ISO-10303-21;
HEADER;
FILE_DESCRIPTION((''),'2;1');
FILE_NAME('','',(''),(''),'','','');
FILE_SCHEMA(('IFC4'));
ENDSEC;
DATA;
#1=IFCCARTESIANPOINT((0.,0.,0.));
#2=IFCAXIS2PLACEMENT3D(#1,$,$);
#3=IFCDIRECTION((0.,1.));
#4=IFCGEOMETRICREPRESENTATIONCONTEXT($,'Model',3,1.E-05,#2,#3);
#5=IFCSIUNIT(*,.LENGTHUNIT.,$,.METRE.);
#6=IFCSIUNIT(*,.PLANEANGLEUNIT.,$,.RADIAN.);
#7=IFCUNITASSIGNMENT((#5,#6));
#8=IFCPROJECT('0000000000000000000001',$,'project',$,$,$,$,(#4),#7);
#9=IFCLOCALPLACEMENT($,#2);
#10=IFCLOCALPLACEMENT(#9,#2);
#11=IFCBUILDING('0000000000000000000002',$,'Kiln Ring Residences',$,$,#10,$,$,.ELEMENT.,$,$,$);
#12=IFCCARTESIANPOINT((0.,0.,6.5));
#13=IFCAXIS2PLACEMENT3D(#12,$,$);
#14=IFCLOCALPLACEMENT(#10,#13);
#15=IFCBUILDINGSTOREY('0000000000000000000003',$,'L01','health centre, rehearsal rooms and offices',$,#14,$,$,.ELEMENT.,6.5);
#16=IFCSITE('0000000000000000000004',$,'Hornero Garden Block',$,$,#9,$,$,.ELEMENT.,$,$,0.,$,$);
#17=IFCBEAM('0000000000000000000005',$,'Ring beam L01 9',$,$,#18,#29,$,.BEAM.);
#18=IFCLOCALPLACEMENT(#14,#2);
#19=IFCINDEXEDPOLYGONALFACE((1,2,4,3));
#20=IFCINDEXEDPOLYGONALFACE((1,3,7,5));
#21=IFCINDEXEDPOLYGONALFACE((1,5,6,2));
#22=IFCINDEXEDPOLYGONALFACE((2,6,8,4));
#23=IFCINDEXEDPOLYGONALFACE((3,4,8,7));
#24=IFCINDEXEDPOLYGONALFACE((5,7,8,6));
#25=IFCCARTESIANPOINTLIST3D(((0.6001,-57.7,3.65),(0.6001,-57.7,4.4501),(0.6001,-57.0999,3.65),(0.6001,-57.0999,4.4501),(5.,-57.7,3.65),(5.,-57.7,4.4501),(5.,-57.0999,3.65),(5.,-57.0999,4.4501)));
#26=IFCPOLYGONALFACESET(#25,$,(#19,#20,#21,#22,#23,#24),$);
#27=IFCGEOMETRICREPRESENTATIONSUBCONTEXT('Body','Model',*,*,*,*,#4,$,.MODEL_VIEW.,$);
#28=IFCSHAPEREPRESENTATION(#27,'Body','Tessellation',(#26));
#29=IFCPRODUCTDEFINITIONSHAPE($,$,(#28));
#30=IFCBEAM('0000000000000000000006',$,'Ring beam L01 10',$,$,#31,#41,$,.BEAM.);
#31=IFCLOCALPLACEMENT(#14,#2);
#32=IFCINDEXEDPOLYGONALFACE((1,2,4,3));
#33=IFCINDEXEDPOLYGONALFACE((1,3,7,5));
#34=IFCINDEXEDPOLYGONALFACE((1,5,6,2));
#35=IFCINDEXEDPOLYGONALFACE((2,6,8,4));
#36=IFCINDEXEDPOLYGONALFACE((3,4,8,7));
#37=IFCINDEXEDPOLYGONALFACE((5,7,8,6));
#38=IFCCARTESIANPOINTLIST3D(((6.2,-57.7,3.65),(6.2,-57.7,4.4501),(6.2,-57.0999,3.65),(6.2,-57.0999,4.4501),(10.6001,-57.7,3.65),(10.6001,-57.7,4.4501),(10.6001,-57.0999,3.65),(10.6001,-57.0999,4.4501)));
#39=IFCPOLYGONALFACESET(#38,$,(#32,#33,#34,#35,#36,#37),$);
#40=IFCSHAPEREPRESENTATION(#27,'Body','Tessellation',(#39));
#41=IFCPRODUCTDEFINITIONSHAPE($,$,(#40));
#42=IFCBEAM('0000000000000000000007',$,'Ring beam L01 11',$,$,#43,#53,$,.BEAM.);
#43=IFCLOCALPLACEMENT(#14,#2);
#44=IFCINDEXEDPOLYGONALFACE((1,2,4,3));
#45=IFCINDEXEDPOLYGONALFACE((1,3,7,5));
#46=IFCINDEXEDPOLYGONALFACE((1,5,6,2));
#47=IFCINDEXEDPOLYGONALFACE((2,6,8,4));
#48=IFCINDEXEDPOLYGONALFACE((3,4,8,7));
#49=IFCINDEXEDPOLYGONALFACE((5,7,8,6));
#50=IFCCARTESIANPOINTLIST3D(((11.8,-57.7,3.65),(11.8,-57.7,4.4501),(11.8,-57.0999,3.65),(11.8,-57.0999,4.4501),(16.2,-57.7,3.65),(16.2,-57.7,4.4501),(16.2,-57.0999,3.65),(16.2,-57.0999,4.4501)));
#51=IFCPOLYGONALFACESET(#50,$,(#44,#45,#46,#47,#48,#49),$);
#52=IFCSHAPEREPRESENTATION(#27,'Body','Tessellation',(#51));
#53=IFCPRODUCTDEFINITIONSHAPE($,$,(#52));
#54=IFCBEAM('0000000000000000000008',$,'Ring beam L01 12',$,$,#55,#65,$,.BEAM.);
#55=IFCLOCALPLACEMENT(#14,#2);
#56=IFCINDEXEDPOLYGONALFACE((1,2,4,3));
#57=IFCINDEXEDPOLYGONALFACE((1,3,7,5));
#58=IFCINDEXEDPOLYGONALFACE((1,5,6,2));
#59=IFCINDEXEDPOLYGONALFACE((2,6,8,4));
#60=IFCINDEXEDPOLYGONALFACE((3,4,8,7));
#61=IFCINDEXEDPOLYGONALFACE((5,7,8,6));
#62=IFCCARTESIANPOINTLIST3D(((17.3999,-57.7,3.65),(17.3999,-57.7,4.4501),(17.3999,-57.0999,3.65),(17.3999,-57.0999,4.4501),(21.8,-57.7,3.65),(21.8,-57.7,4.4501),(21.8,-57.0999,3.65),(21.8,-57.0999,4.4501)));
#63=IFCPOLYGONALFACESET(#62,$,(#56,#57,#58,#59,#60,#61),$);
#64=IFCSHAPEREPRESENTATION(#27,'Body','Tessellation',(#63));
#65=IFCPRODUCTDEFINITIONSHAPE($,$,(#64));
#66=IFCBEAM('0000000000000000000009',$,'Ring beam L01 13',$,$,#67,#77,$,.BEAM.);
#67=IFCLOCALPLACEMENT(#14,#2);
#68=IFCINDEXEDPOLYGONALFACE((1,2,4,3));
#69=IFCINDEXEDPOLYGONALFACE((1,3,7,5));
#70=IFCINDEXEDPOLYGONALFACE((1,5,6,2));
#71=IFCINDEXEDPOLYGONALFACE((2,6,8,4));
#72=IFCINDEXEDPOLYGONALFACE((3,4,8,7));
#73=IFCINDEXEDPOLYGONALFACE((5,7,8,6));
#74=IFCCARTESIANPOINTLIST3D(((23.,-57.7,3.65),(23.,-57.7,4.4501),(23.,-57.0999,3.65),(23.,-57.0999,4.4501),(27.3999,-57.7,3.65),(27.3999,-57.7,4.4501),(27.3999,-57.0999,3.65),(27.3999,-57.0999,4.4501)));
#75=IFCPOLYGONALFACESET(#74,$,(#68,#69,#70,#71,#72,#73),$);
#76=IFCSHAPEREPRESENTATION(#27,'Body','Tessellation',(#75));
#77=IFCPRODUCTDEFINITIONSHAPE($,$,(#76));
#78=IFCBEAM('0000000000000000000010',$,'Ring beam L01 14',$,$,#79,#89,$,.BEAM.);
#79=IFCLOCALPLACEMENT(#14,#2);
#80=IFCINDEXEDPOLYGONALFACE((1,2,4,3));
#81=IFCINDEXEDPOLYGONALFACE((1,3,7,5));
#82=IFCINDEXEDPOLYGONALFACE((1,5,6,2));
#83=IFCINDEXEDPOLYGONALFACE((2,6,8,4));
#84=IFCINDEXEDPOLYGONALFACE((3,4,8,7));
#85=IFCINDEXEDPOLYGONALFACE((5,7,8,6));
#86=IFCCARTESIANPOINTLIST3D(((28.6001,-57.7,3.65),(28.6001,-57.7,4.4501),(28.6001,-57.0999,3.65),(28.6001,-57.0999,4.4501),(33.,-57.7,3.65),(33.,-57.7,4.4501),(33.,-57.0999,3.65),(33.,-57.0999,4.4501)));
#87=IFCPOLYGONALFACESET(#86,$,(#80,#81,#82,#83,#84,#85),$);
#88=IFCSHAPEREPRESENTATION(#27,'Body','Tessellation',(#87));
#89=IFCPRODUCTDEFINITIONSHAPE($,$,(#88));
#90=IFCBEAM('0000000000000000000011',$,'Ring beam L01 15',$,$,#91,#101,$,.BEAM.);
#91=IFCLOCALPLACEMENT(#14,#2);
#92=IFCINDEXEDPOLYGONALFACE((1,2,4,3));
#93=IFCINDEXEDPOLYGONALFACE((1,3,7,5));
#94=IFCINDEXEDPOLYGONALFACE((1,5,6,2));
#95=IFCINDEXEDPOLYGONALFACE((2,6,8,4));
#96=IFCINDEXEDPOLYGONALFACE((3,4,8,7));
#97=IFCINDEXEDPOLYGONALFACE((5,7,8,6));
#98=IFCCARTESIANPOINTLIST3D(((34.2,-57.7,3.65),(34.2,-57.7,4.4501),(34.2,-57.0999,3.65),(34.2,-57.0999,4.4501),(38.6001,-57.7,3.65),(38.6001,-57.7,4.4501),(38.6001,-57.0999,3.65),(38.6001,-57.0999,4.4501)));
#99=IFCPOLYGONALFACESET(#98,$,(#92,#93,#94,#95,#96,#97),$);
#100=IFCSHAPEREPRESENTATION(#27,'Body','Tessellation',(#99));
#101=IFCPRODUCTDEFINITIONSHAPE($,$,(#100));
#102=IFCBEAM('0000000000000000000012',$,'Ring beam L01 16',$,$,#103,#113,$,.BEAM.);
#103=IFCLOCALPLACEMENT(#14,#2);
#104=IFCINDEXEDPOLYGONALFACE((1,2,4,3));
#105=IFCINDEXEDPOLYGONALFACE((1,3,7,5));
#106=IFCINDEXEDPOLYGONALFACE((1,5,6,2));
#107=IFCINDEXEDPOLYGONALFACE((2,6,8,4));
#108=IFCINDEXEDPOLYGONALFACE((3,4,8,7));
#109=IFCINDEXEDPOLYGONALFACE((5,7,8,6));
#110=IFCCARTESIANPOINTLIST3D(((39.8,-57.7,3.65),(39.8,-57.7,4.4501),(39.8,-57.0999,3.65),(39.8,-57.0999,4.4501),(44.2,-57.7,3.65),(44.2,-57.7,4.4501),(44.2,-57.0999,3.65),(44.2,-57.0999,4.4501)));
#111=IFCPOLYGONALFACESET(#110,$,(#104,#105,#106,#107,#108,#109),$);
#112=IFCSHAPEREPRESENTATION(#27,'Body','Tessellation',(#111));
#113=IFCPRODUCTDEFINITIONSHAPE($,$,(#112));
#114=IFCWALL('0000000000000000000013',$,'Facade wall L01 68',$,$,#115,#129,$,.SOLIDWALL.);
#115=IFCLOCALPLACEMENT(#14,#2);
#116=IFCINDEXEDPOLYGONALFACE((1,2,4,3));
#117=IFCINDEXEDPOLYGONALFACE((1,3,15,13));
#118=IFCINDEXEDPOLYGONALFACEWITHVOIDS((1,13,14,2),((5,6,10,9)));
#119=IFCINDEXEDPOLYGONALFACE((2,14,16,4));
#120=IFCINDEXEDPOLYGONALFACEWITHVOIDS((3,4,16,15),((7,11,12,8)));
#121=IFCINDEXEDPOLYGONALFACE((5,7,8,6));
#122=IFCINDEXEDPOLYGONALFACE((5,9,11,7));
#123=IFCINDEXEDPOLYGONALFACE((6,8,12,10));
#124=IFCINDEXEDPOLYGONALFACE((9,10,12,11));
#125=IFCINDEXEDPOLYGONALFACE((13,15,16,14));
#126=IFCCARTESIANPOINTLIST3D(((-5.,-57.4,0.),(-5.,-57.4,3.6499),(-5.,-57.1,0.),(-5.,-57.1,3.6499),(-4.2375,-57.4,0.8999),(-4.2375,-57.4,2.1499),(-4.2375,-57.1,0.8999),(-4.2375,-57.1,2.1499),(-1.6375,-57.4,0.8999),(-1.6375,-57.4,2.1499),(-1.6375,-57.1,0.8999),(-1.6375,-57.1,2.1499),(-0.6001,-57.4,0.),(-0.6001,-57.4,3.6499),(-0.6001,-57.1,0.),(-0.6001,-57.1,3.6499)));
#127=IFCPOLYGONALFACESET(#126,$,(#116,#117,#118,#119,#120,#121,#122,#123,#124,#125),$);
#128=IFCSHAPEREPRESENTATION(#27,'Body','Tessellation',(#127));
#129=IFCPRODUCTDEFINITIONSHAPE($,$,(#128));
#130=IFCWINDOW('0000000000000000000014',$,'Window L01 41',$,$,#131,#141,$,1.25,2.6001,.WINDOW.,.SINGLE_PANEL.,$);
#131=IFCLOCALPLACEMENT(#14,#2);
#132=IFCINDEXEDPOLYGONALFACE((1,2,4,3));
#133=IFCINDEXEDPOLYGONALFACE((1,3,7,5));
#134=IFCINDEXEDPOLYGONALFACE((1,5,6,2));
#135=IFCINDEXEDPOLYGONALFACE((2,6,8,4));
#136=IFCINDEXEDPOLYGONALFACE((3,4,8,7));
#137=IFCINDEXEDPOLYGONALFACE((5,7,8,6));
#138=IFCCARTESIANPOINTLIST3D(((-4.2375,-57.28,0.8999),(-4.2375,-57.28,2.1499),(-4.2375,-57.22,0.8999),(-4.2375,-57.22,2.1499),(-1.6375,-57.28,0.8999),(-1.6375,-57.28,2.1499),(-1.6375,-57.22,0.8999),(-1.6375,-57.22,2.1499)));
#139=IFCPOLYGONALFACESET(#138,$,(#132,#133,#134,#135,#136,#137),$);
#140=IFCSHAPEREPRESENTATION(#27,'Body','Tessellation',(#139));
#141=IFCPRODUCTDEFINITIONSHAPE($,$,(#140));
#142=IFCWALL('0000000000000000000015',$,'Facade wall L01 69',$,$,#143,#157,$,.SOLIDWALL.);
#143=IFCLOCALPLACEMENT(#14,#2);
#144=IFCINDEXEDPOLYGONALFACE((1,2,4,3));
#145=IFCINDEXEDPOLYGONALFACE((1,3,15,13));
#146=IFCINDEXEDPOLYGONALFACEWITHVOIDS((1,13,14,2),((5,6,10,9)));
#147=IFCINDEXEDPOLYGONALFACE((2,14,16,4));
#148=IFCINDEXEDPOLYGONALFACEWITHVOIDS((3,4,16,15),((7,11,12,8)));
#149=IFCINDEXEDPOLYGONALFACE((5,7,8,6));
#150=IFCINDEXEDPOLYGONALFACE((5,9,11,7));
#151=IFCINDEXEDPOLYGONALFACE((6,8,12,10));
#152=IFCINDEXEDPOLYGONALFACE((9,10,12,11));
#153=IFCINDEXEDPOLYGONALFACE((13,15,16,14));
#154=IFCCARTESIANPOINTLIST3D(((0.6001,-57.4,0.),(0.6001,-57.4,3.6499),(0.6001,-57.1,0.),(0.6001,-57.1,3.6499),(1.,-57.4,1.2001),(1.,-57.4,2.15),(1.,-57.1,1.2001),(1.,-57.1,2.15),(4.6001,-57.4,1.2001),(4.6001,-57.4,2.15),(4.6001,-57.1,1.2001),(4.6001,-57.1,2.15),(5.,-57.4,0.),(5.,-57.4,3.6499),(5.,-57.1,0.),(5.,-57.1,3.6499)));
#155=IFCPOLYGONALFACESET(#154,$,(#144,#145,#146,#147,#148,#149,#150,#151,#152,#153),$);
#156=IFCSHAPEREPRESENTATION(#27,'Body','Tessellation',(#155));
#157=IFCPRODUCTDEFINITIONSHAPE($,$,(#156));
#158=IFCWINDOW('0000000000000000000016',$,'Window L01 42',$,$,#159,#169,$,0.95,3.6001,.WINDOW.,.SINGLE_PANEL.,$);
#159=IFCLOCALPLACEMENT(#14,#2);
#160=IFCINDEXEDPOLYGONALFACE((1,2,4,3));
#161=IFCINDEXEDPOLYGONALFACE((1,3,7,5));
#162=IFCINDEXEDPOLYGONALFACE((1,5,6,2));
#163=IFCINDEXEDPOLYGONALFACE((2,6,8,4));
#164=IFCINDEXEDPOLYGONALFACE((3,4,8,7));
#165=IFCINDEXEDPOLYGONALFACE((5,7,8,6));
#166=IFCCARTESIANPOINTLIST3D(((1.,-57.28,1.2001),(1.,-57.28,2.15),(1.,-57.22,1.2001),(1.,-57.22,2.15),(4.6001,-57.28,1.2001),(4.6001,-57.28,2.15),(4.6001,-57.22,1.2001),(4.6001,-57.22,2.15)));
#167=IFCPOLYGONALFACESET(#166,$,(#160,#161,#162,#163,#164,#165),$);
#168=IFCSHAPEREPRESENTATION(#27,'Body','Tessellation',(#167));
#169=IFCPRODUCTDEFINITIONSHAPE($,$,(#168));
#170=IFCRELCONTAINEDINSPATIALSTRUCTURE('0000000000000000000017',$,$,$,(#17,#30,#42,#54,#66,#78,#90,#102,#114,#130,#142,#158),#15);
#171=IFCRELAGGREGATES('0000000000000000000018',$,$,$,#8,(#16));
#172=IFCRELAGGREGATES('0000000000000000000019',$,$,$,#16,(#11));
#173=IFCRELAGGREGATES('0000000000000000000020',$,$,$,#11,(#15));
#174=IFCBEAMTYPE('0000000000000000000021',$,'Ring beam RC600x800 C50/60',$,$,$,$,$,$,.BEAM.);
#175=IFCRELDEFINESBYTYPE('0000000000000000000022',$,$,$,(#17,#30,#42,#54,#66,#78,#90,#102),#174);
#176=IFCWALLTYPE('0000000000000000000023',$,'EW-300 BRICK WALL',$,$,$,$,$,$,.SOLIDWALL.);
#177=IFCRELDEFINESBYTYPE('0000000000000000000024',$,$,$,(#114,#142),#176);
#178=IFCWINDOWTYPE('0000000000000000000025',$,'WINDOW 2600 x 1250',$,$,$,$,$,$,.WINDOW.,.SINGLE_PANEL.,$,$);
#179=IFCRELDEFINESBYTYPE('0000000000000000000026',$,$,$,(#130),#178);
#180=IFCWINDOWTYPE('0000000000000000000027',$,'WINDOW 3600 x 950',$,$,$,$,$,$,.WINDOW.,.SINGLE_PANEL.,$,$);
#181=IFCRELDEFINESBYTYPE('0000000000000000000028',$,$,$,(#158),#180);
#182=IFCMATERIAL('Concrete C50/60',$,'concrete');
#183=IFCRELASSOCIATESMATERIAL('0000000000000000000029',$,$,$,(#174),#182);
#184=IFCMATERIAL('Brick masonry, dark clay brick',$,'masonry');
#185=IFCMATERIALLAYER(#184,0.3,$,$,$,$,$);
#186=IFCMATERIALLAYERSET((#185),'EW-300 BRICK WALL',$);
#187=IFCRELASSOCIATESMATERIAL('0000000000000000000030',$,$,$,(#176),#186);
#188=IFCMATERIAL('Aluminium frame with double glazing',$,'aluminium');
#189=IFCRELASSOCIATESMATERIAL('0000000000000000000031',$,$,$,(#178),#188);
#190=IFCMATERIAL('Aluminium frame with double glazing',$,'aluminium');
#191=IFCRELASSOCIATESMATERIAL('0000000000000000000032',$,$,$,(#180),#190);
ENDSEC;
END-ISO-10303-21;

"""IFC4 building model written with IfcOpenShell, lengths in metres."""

from ifc_helpers import new_model, si_unit, direction, frame, frame_2d, origin, origin_2d, place, context, subcontext, project, spatial, rectangle, extrude, material, layer, layer_set, material_profile, profile_set, type_object, element, fill, save


model = new_model("IFC4")

# Units and contexts
model_context = context("Model", 3, precision=1e-05, world=origin(), true_north=direction((0.0, 1.0)))
body_context = subcontext(model_context, "Body", "Model", "MODEL_VIEW")
ifc_project = project(units=[si_unit("LENGTHUNIT", "METRE"), si_unit("PLANEANGLEUNIT", "RADIAN")], contexts=[model_context])

# Site, building, storey
site_placement = place(None, origin())
site = spatial("IfcSite", under=ifc_project, at=site_placement, Name="Hornero Garden Block", CompositionType="ELEMENT", RefElevation=0.0)
building_placement = place(site_placement, origin())
building = spatial("IfcBuilding", under=site, at=building_placement, Name="Kiln Ring Residences", CompositionType="ELEMENT")
storey_placement = place(building_placement, frame((0.0, 0.0, 6.5)))
storey = spatial("IfcBuildingStorey", under=building, at=storey_placement, Name="L01", Description="health centre, rehearsal rooms and offices", CompositionType="ELEMENT", Elevation=6.5)

# Beams
ifc_material_1 = material(Name="Concrete C50/60", Category="concrete")
ifc_material_profile_1 = material_profile(ifc_material_1, rectangle(XDim=0.6001, YDim=0.8, at=origin_2d()), Name="RC600x800")
ifc_profile_set_1 = profile_set([ifc_material_profile_1], Name="Concrete C50/60")
beam_type = type_object("IfcBeamType", Name="Ring beam RC600x800 C50/60", PredefinedType="BEAM", material=ifc_profile_set_1)
beam_1_placement = place(storey_placement, frame((0.6001, -57.3999, 4.05), z_axis=(1.0, 0.0, 0.0), x_axis=(0.0, 1.0, 0.0)))
element("IfcBeam", 1, at=beam_1_placement, inside=storey, type_object=beam_type, Name="Ring beam L01 9", PredefinedType="BEAM", context=body_context, shape_type="SweptSolid", body=[
    extrude(rectangle(XDim=0.6001, YDim=0.8, at=origin_2d()), origin(), (0.0, 0.0, 1.0), 4.3999),
])
beam_2_placement = place(storey_placement, frame((6.2, -57.3999, 4.05), z_axis=(1.0, 0.0, 0.0), x_axis=(0.0, 1.0, 0.0)))
element("IfcBeam", 2, at=beam_2_placement, inside=storey, type_object=beam_type, Name="Ring beam L01 10", PredefinedType="BEAM", context=body_context, shape_type="SweptSolid", body=[
    extrude(rectangle(XDim=0.6001, YDim=0.8, at=origin_2d()), origin(), (0.0, 0.0, 1.0), 4.4001),
])
beam_3_placement = place(storey_placement, frame((11.8, -57.3999, 4.05), z_axis=(1.0, 0.0, 0.0), x_axis=(0.0, 1.0, 0.0)))
element("IfcBeam", 3, at=beam_3_placement, inside=storey, type_object=beam_type, Name="Ring beam L01 11", PredefinedType="BEAM", context=body_context, shape_type="SweptSolid", body=[
    extrude(rectangle(XDim=0.6001, YDim=0.8, at=origin_2d()), origin(), (0.0, 0.0, 1.0), 4.3999),
])
beam_4_placement = place(storey_placement, frame((17.3999, -57.3999, 4.05), z_axis=(1.0, 0.0, 0.0), x_axis=(0.0, 1.0, 0.0)))
element("IfcBeam", 4, at=beam_4_placement, inside=storey, type_object=beam_type, Name="Ring beam L01 12", PredefinedType="BEAM", context=body_context, shape_type="SweptSolid", body=[
    extrude(rectangle(XDim=0.6001, YDim=0.8, at=origin_2d()), origin(), (0.0, 0.0, 1.0), 4.4001),
])
for number, where, z_axis, x_axis, name in (
    (5, (23.0, -57.3999, 4.05), (1.0, 0.0, 0.0), (0.0, 1.0, 0.0), "Ring beam L01 13"),
    (6, (28.6001, -57.3999, 4.05), (1.0, 0.0, 0.0), (0.0, 1.0, 0.0), "Ring beam L01 14"),
):
    element("IfcBeam", number, at=place(storey_placement, frame(where, z_axis=z_axis, x_axis=x_axis)), inside=storey, type_object=beam_type, Name=name, PredefinedType="BEAM", context=body_context, shape_type="SweptSolid", body=[
        extrude(rectangle(XDim=0.6001, YDim=0.8, at=origin_2d()), origin(), (0.0, 0.0, 1.0), 4.3999),
    ])
beam_5_placement = place(storey_placement, frame((34.2, -57.3999, 4.05), z_axis=(1.0, 0.0, 0.0), x_axis=(0.0, 1.0, 0.0)))
element("IfcBeam", 7, at=beam_5_placement, inside=storey, type_object=beam_type, Name="Ring beam L01 15", PredefinedType="BEAM", context=body_context, shape_type="SweptSolid", body=[
    extrude(rectangle(XDim=0.6001, YDim=0.8, at=origin_2d()), origin(), (0.0, 0.0, 1.0), 4.4001),
])
beam_6_placement = place(storey_placement, frame((39.8, -57.3999, 4.05), z_axis=(1.0, 0.0, 0.0), x_axis=(0.0, 1.0, 0.0)))
element("IfcBeam", 8, at=beam_6_placement, inside=storey, type_object=beam_type, Name="Ring beam L01 16", PredefinedType="BEAM", context=body_context, shape_type="SweptSolid", body=[
    extrude(rectangle(XDim=0.6001, YDim=0.8, at=origin_2d()), origin(), (0.0, 0.0, 1.0), 4.3999),
])

# Walls, openings, windows
ifc_material_2 = material(Name="Brick masonry, dark clay brick", Category="masonry")
ifc_layer_1 = layer(ifc_material_2, 0.3)
ifc_layer_set_1 = layer_set([ifc_layer_1], Name="EW-300 BRICK WALL")
wall_type = type_object("IfcWallType", Name="EW-300 BRICK WALL", PredefinedType="SOLIDWALL", material=ifc_layer_set_1)
wall_1_placement = place(storey_placement, frame((-5.0, -57.25, 0.0), z_axis=(0.0, 0.0, 1.0), x_axis=(1.0, 0.0, 0.0)))
wall_1 = element("IfcWall", 9, at=wall_1_placement, inside=storey, type_object=wall_type, Name="Facade wall L01 68", PredefinedType="SOLIDWALL", context=body_context, shape_type="SweptSolid", body=[
    extrude(rectangle(XDim=4.3999, YDim=0.3, at=frame_2d((2.2, 0.0))), origin(), (0.0, 0.0, 1.0), 3.6499),
])
opening_1_placement = place(wall_1_placement, frame((0.7625, 0.0, 0.8999)))
opening_1 = element("IfcOpeningElement", 10, at=opening_1_placement, cuts=wall_1, PredefinedType="OPENING", context=body_context, shape_type="SweptSolid", body=[
    extrude(rectangle(XDim=2.6001, YDim=1.25, at=frame_2d((1.3, 0.625))), frame((0.0, 0.1599, 0.0), z_axis=(0.0, -1.0, 0.0), x_axis=(1.0, 0.0, 0.0)), (0.0, 0.0, 1.0), 0.3201),
])
ifc_material_3 = material(Name="Aluminium frame with double glazing", Category="aluminium")
window_type_1 = type_object("IfcWindowType", Name="WINDOW 2600 x 1250", PartitioningType="SINGLE_PANEL", PredefinedType="WINDOW", material=ifc_material_3)
window_1_placement = place(opening_1_placement, origin())
window_1 = element("IfcWindow", 11, at=window_1_placement, inside=storey, type_object=window_type_1, Name="Window L01 41", OverallHeight=1.25, OverallWidth=2.6001, PartitioningType="SINGLE_PANEL", PredefinedType="WINDOW", context=body_context, shape_type="SweptSolid", body=[
    extrude(rectangle(XDim=2.6001, YDim=1.25, at=frame_2d((1.3, 0.625))), frame((0.0, 0.03, 0.0), z_axis=(0.0, -1.0, 0.0), x_axis=(1.0, 0.0, 0.0)), (0.0, 0.0, 1.0), 0.0601),
])
fill(opening_1, window_1)
wall_2_placement = place(storey_placement, frame((0.6001, -57.25, 0.0), z_axis=(0.0, 0.0, 1.0), x_axis=(1.0, 0.0, 0.0)))
wall_2 = element("IfcWall", 12, at=wall_2_placement, inside=storey, type_object=wall_type, Name="Facade wall L01 69", PredefinedType="SOLIDWALL", context=body_context, shape_type="SweptSolid", body=[
    extrude(rectangle(XDim=4.3999, YDim=0.3, at=frame_2d((2.2, 0.0))), origin(), (0.0, 0.0, 1.0), 3.6499),
])
opening_2_placement = place(wall_2_placement, frame((0.3999, 0.0, 1.2)))
opening_2 = element("IfcOpeningElement", 13, at=opening_2_placement, cuts=wall_2, PredefinedType="OPENING", context=body_context, shape_type="SweptSolid", body=[
    extrude(rectangle(XDim=3.6001, YDim=0.95, at=frame_2d((1.8, 0.4751))), frame((0.0, 0.1599, 0.0), z_axis=(0.0, -1.0, 0.0), x_axis=(1.0, 0.0, 0.0)), (0.0, 0.0, 1.0), 0.3201),
])
ifc_material_4 = material(Name="Aluminium frame with double glazing", Category="aluminium")
window_type_2 = type_object("IfcWindowType", Name="WINDOW 3600 x 950", PartitioningType="SINGLE_PANEL", PredefinedType="WINDOW", material=ifc_material_4)
window_2_placement = place(opening_2_placement, origin())
window_2 = element("IfcWindow", 14, at=window_2_placement, inside=storey, type_object=window_type_2, Name="Window L01 42", OverallHeight=0.95, OverallWidth=3.6001, PartitioningType="SINGLE_PANEL", PredefinedType="WINDOW", context=body_context, shape_type="SweptSolid", body=[
    extrude(rectangle(XDim=3.6001, YDim=0.95, at=frame_2d((1.8, 0.4751))), frame((0.0, 0.03, 0.0), z_axis=(0.0, -1.0, 0.0), x_axis=(1.0, 0.0, 0.0)), (0.0, 0.0, 1.0), 0.0601),
])
fill(opening_2, window_2)

save(model, "model.ifc")
